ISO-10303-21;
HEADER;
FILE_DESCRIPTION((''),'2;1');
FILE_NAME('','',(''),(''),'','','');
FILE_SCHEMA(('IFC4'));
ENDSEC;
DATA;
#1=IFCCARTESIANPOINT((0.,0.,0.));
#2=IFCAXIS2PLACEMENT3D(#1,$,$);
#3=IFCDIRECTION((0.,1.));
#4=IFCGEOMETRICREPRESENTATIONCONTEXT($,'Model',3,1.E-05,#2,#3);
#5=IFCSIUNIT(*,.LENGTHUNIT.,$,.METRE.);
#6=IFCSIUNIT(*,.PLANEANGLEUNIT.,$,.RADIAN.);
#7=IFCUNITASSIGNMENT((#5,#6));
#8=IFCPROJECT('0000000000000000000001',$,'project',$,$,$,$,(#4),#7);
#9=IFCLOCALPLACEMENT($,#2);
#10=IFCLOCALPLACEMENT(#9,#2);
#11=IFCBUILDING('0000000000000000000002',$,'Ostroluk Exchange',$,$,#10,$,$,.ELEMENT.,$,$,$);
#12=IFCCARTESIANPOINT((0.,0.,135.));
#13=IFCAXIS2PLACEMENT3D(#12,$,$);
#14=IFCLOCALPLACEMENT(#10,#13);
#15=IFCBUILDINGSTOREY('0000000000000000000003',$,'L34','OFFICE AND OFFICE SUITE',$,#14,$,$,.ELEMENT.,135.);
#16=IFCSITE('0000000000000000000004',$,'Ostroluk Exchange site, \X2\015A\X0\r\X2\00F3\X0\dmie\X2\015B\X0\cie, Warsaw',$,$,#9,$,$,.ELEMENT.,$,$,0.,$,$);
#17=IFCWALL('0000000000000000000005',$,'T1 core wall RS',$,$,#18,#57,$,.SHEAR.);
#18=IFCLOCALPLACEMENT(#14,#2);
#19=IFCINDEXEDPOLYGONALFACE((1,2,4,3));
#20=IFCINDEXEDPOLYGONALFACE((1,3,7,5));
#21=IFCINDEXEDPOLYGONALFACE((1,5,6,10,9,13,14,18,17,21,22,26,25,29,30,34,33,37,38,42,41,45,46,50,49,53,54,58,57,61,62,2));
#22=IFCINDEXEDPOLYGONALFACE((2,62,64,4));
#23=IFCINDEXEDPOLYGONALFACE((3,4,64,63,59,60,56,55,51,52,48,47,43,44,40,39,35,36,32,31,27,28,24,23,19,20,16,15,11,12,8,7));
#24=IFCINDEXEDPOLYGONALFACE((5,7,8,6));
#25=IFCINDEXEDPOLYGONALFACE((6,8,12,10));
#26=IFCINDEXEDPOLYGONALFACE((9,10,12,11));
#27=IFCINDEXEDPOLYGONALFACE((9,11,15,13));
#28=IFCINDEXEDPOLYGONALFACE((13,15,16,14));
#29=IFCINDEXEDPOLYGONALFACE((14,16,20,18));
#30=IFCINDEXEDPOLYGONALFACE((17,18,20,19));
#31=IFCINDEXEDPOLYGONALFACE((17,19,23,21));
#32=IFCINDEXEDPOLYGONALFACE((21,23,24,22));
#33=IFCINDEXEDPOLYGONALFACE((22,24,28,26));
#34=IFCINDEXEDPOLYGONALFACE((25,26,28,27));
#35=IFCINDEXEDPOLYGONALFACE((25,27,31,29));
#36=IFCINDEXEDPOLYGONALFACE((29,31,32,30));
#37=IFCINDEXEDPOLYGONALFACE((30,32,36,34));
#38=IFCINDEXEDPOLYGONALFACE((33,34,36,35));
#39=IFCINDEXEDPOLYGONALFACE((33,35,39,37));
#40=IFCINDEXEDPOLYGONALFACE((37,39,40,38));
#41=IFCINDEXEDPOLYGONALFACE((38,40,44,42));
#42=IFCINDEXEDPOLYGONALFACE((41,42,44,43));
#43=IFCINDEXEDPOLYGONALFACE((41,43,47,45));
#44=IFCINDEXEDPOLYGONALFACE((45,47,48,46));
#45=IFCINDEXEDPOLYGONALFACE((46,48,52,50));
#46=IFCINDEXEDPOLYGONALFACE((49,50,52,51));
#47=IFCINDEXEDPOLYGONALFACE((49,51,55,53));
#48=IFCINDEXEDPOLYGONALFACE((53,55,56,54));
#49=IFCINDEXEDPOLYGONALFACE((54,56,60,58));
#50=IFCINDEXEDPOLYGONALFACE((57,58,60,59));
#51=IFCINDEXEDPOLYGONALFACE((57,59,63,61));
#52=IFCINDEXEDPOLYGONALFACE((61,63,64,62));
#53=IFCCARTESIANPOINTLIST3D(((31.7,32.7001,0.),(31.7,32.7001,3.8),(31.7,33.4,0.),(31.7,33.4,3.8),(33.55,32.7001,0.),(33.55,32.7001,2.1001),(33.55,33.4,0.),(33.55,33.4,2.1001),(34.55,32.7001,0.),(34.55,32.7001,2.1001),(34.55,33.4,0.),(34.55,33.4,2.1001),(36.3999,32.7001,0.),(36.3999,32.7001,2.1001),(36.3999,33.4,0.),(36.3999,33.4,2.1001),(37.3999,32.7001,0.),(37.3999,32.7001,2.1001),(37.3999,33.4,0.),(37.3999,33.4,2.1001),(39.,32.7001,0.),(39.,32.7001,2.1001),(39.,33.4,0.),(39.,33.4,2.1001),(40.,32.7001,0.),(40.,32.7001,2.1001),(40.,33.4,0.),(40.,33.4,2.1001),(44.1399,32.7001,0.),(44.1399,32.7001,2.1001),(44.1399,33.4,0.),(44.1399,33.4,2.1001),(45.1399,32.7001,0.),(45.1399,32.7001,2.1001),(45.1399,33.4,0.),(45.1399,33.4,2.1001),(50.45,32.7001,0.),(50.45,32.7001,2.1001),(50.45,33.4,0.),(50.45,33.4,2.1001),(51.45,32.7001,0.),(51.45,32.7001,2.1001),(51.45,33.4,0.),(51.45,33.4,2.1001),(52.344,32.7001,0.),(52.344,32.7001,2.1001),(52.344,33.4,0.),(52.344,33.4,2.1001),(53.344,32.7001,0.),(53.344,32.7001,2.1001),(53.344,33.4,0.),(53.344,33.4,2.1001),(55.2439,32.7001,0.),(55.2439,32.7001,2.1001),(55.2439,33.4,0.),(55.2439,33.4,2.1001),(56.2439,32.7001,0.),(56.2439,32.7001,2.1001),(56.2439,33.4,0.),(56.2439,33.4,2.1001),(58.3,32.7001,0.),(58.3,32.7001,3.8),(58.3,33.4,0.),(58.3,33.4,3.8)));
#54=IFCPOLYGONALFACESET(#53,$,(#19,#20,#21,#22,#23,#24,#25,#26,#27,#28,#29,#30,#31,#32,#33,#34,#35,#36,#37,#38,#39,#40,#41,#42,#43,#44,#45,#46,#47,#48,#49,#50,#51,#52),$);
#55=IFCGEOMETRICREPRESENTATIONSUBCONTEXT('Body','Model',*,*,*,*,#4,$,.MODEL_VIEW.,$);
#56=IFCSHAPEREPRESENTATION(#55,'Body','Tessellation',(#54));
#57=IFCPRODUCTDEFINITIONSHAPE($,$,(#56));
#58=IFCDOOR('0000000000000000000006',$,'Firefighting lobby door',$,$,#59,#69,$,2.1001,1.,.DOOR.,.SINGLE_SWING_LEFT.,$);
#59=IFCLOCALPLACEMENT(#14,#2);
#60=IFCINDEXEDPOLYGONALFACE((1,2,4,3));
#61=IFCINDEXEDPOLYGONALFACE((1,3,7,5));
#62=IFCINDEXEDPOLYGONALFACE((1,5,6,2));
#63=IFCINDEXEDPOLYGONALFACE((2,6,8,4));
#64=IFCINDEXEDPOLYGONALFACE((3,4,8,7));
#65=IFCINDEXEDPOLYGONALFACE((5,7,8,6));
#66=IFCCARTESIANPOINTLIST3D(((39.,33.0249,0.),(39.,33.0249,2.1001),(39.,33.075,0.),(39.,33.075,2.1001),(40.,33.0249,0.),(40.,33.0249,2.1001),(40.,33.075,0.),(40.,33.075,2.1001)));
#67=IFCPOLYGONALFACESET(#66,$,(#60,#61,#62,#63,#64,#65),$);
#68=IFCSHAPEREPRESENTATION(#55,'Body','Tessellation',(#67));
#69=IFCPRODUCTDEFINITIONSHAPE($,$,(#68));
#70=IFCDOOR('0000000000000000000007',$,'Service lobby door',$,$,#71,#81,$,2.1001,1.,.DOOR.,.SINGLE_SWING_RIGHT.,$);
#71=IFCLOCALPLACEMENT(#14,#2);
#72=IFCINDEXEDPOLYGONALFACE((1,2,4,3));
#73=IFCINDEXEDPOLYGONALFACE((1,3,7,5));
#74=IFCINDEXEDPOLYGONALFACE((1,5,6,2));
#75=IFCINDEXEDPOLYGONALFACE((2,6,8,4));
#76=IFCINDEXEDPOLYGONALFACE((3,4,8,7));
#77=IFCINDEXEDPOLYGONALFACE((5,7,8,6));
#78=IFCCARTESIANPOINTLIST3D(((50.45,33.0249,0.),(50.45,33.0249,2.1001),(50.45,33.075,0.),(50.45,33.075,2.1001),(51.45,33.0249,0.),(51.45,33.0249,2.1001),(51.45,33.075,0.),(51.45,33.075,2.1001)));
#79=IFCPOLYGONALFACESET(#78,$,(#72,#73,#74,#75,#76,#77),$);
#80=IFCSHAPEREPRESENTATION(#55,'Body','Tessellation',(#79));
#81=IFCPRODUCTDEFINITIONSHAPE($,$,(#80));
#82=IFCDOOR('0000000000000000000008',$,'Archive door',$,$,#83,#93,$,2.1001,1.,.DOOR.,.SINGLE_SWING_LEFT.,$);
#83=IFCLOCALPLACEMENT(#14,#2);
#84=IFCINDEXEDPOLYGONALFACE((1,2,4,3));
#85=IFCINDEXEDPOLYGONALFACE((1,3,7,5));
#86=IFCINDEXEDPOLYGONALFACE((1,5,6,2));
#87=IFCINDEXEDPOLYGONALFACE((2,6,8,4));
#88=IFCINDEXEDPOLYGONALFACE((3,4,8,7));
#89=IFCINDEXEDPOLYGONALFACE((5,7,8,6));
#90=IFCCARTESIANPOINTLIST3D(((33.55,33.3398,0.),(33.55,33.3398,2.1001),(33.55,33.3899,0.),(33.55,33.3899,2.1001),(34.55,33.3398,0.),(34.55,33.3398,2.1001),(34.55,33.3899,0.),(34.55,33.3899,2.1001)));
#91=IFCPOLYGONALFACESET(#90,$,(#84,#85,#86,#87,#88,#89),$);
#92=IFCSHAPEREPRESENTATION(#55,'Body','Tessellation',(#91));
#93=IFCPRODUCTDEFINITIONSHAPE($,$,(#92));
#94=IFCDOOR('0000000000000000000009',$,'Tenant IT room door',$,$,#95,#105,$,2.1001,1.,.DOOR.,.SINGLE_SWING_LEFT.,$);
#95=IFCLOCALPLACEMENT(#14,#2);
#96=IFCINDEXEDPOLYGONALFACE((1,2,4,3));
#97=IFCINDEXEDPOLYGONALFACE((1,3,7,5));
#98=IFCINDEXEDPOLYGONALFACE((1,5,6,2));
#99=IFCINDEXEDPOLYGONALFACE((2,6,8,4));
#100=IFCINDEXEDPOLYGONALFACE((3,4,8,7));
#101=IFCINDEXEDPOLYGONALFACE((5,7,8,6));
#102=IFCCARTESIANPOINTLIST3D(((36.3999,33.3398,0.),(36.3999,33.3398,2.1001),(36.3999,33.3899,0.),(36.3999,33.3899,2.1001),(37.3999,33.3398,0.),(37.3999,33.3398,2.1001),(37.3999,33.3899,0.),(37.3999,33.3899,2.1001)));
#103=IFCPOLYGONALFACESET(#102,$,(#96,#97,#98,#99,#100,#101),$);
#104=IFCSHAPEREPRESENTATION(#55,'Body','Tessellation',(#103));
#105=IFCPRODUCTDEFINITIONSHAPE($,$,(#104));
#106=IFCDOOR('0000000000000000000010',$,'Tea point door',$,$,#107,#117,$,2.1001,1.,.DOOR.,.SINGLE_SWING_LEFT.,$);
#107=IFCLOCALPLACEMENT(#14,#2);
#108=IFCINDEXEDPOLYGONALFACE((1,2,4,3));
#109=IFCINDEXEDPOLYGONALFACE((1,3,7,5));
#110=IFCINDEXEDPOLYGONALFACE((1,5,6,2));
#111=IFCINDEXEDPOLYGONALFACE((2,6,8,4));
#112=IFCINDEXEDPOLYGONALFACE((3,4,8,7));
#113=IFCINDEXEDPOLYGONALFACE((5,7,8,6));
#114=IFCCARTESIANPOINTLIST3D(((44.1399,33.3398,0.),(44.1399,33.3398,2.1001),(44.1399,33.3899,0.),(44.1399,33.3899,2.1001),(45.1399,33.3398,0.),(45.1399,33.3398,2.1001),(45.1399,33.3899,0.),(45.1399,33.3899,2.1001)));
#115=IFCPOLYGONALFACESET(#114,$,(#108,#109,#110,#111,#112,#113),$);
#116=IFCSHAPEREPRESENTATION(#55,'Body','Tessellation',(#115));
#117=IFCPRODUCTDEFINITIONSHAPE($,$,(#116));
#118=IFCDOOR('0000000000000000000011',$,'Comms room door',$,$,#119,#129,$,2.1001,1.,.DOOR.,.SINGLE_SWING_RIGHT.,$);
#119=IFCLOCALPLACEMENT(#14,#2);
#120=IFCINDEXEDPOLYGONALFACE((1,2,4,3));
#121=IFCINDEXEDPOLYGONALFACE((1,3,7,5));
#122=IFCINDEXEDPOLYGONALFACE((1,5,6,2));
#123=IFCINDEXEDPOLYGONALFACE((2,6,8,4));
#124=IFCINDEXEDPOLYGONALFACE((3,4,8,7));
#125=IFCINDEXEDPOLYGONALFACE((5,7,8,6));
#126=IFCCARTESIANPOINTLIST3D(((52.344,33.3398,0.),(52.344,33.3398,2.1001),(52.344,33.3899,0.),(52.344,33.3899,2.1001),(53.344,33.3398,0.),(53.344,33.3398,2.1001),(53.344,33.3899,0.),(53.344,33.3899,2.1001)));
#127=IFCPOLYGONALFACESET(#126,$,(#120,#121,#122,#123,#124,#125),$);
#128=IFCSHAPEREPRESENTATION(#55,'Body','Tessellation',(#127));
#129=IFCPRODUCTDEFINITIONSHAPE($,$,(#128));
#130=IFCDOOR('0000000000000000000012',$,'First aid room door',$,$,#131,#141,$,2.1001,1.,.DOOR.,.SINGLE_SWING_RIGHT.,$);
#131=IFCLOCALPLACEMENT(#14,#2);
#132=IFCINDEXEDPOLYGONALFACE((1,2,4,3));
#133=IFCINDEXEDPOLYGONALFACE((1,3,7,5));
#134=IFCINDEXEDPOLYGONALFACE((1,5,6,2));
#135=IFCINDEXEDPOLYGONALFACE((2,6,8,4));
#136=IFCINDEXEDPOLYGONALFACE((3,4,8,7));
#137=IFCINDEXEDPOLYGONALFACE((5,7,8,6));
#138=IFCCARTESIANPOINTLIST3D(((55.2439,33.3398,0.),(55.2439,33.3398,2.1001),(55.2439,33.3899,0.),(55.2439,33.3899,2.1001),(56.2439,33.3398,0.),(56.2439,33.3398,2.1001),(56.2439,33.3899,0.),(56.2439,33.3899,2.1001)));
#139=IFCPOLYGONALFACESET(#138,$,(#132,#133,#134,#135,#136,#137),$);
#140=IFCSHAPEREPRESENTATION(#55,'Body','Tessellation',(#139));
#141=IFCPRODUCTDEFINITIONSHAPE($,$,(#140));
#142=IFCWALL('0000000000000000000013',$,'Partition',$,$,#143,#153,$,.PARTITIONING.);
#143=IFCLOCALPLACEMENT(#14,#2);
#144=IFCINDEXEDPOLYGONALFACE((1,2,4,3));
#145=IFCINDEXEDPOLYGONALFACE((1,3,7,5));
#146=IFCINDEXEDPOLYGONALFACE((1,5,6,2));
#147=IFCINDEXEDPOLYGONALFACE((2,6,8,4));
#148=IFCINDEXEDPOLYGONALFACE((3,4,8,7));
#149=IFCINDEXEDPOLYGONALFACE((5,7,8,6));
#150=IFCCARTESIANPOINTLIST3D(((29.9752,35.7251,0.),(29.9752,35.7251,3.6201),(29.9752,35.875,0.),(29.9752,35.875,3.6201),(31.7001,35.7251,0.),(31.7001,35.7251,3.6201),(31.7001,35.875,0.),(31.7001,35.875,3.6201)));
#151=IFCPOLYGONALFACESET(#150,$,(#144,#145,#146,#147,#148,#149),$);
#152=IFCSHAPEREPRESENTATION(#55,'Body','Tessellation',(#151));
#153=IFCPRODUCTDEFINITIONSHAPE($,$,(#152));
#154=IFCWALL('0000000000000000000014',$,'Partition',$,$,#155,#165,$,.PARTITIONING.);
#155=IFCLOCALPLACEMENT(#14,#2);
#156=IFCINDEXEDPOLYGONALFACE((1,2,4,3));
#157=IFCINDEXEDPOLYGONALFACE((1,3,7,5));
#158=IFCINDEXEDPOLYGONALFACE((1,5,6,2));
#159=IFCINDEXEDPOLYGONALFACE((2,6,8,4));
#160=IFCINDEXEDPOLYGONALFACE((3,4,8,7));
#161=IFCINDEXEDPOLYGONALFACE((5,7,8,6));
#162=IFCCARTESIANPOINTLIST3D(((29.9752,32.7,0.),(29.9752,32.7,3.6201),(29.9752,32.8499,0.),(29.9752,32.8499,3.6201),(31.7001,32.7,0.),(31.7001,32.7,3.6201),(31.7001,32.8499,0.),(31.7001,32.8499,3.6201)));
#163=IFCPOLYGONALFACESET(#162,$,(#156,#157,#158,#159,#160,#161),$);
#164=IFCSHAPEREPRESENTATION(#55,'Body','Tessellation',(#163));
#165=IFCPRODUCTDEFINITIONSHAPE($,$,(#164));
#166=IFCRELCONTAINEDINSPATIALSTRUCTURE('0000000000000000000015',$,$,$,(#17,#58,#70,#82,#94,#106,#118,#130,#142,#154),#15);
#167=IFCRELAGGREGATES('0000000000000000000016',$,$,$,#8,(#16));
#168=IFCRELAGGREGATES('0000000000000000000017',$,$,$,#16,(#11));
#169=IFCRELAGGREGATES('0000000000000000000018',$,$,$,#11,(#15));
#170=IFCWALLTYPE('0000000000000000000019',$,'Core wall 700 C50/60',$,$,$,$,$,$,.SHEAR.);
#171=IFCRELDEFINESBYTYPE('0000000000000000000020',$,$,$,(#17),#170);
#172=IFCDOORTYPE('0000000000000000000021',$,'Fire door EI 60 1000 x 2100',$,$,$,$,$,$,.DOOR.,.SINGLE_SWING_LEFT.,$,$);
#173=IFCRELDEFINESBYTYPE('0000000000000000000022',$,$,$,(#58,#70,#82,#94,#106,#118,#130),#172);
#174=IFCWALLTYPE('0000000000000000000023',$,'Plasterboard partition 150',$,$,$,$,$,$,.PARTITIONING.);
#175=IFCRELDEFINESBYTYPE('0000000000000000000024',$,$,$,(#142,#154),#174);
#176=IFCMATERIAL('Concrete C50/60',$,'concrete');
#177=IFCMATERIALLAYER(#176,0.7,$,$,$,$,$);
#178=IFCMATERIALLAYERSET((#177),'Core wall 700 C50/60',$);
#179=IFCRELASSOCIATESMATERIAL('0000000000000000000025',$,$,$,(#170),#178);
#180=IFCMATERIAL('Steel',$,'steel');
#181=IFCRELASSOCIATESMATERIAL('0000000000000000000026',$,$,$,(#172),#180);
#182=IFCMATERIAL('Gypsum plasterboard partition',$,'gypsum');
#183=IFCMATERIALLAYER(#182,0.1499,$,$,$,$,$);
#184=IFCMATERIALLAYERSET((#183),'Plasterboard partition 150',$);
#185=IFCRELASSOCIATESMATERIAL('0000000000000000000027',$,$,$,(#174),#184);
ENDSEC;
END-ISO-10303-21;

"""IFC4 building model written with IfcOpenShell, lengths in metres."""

from ifc_helpers import new_model, si_unit, direction, frame, frame_2d, origin, place, context, subcontext, project, spatial, rectangle, extrude, material, layer, layer_set, type_object, element, fill, save


model = new_model("IFC4")

# Units and contexts
model_context = context("Model", 3, precision=1e-05, world=origin(), true_north=direction((0.0, 1.0)))
body_context = subcontext(model_context, "Body", "Model", "MODEL_VIEW")
ifc_project = project(units=[si_unit("LENGTHUNIT", "METRE"), si_unit("PLANEANGLEUNIT", "RADIAN")], contexts=[model_context])

# Site, building, storey
site_placement = place(None, origin())
site = spatial("IfcSite", under=ifc_project, at=site_placement, Name="Ostroluk Exchange site, Śródmieście, Warsaw", CompositionType="ELEMENT", RefElevation=0.0)
building_placement = place(site_placement, origin())
building = spatial("IfcBuilding", under=site, at=building_placement, Name="Ostroluk Exchange", CompositionType="ELEMENT")
storey_placement = place(building_placement, frame((0.0, 0.0, 135.0)))
storey = spatial("IfcBuildingStorey", under=building, at=storey_placement, Name="L34", Description="OFFICE AND OFFICE SUITE", CompositionType="ELEMENT", Elevation=135.0)

# Wall, openings, doors
ifc_material_1 = material(Name="Concrete C50/60", Category="concrete")
ifc_layer_1 = layer(ifc_material_1, 0.7)
ifc_layer_set_1 = layer_set([ifc_layer_1], Name="Core wall 700 C50/60")
wall_type_1 = type_object("IfcWallType", Name="Core wall 700 C50/60", PredefinedType="SHEAR", material=ifc_layer_set_1)
wall_1_placement = place(storey_placement, frame((31.7, 33.05, 0.0), z_axis=(0.0, 0.0, 1.0), x_axis=(1.0, 0.0, 0.0)))
wall_1 = element("IfcWall", 1, at=wall_1_placement, inside=storey, type_object=wall_type_1, Name="T1 core wall RS", PredefinedType="SHEAR", context=body_context, shape_type="SweptSolid", body=[
    extrude(rectangle(XDim=26.6001, YDim=0.7, at=frame_2d((13.3, 0.0))), origin(), (0.0, 0.0, 1.0), 3.8),
])
opening_1_placement = place(wall_1_placement, frame((7.3, 0.0, 0.0)))
opening_1 = element("IfcOpeningElement", 2, at=opening_1_placement, cuts=wall_1, PredefinedType="OPENING", context=body_context, shape_type="SweptSolid", body=[
    extrude(rectangle(XDim=1.0, YDim=2.1001, at=frame_2d((0.5, 1.05))), frame((0.0, 0.3599, 0.0), z_axis=(0.0, -1.0, 0.0), x_axis=(1.0, 0.0, 0.0)), (0.0, 0.0, 1.0), 0.72),
])
opening_2_placement = place(wall_1_placement, frame((18.75, 0.0, 0.0)))
opening_2 = element("IfcOpeningElement", 3, at=opening_2_placement, cuts=wall_1, PredefinedType="OPENING", context=body_context, shape_type="SweptSolid", body=[
    extrude(rectangle(XDim=1.0, YDim=2.1001, at=frame_2d((0.5, 1.05))), frame((0.0, 0.3599, 0.0), z_axis=(0.0, -1.0, 0.0), x_axis=(1.0, 0.0, 0.0)), (0.0, 0.0, 1.0), 0.72),
])
opening_3_placement = place(wall_1_placement, frame((1.8501, 0.0, 0.0)))
opening_3 = element("IfcOpeningElement", 4, at=opening_3_placement, cuts=wall_1, PredefinedType="OPENING", context=body_context, shape_type="SweptSolid", body=[
    extrude(rectangle(XDim=1.0, YDim=2.1001, at=frame_2d((0.5, 1.05))), frame((0.0, 0.3599, 0.0), z_axis=(0.0, -1.0, 0.0), x_axis=(1.0, 0.0, 0.0)), (0.0, 0.0, 1.0), 0.72),
])
opening_4_placement = place(wall_1_placement, frame((4.7, 0.0, 0.0)))
opening_4 = element("IfcOpeningElement", 5, at=opening_4_placement, cuts=wall_1, PredefinedType="OPENING", context=body_context, shape_type="SweptSolid", body=[
    extrude(rectangle(XDim=1.0, YDim=2.1001, at=frame_2d((0.5, 1.05))), frame((0.0, 0.3599, 0.0), z_axis=(0.0, -1.0, 0.0), x_axis=(1.0, 0.0, 0.0)), (0.0, 0.0, 1.0), 0.72),
])
opening_5_placement = place(wall_1_placement, frame((12.4399, 0.0, 0.0)))
opening_5 = element("IfcOpeningElement", 6, at=opening_5_placement, cuts=wall_1, PredefinedType="OPENING", context=body_context, shape_type="SweptSolid", body=[
    extrude(rectangle(XDim=1.0, YDim=2.1001, at=frame_2d((0.5, 1.05))), frame((0.0, 0.3599, 0.0), z_axis=(0.0, -1.0, 0.0), x_axis=(1.0, 0.0, 0.0)), (0.0, 0.0, 1.0), 0.72),
])
opening_6_placement = place(wall_1_placement, frame((20.644, 0.0, 0.0)))
opening_6 = element("IfcOpeningElement", 7, at=opening_6_placement, cuts=wall_1, PredefinedType="OPENING", context=body_context, shape_type="SweptSolid", body=[
    extrude(rectangle(XDim=1.0, YDim=2.1001, at=frame_2d((0.5, 1.05))), frame((0.0, 0.3599, 0.0), z_axis=(0.0, -1.0, 0.0), x_axis=(1.0, 0.0, 0.0)), (0.0, 0.0, 1.0), 0.72),
])
opening_7_placement = place(wall_1_placement, frame((23.5439, 0.0, 0.0)))
opening_7 = element("IfcOpeningElement", 8, at=opening_7_placement, cuts=wall_1, PredefinedType="OPENING", context=body_context, shape_type="SweptSolid", body=[
    extrude(rectangle(XDim=1.0, YDim=2.1001, at=frame_2d((0.5, 1.05))), frame((0.0, 0.3599, 0.0), z_axis=(0.0, -1.0, 0.0), x_axis=(1.0, 0.0, 0.0)), (0.0, 0.0, 1.0), 0.72),
])
ifc_material_2 = material(Name="Steel", Category="steel")
door_type_1 = type_object("IfcDoorType", Name="Fire door EI 60 1000 x 2100", OperationType="SINGLE_SWING_LEFT", PredefinedType="DOOR", material=ifc_material_2)
door_1_placement = place(opening_1_placement, origin())
door_1 = element("IfcDoor", 9, at=door_1_placement, inside=storey, type_object=door_type_1, Name="Firefighting lobby door", OperationType="SINGLE_SWING_LEFT", OverallHeight=2.1001, OverallWidth=1.0, PredefinedType="DOOR", context=body_context, shape_type="SweptSolid", body=[
    extrude(rectangle(XDim=1.0, YDim=2.1001, at=frame_2d((0.5, 1.05))), frame((0.0, 0.0249, 0.0), z_axis=(0.0, -1.0, 0.0), x_axis=(1.0, 0.0, 0.0)), (0.0, 0.0, 1.0), 0.05),
])
fill(opening_1, door_1)
door_2_placement = place(opening_2_placement, origin())
door_2 = element("IfcDoor", 10, at=door_2_placement, inside=storey, type_object=door_type_1, Name="Service lobby door", OperationType="SINGLE_SWING_RIGHT", OverallHeight=2.1001, OverallWidth=1.0, PredefinedType="DOOR", context=body_context, shape_type="SweptSolid", body=[
    extrude(rectangle(XDim=1.0, YDim=2.1001, at=frame_2d((0.5, 1.05))), frame((0.0, 0.0249, 0.0), z_axis=(0.0, -1.0, 0.0), x_axis=(1.0, 0.0, 0.0)), (0.0, 0.0, 1.0), 0.05),
])
fill(opening_2, door_2)
door_3_placement = place(opening_3_placement, origin())
door_3 = element("IfcDoor", 11, at=door_3_placement, inside=storey, type_object=door_type_1, Name="Archive door", OperationType="SINGLE_SWING_LEFT", OverallHeight=2.1001, OverallWidth=1.0, PredefinedType="DOOR", context=body_context, shape_type="SweptSolid", body=[
    extrude(rectangle(XDim=1.0, YDim=2.1001, at=frame_2d((0.5, 1.05))), frame((0.0, 0.3398, 0.0), z_axis=(0.0, -1.0, 0.0), x_axis=(1.0, 0.0, 0.0)), (0.0, 0.0, 1.0), 0.05),
])
fill(opening_3, door_3)
door_4_placement = place(opening_4_placement, origin())
door_4 = element("IfcDoor", 12, at=door_4_placement, inside=storey, type_object=door_type_1, Name="Tenant IT room door", OperationType="SINGLE_SWING_LEFT", OverallHeight=2.1001, OverallWidth=1.0, PredefinedType="DOOR", context=body_context, shape_type="SweptSolid", body=[
    extrude(rectangle(XDim=1.0, YDim=2.1001, at=frame_2d((0.5, 1.05))), frame((0.0, 0.3398, 0.0), z_axis=(0.0, -1.0, 0.0), x_axis=(1.0, 0.0, 0.0)), (0.0, 0.0, 1.0), 0.05),
])
fill(opening_4, door_4)
door_5_placement = place(opening_5_placement, origin())
door_5 = element("IfcDoor", 13, at=door_5_placement, inside=storey, type_object=door_type_1, Name="Tea point door", OperationType="SINGLE_SWING_LEFT", OverallHeight=2.1001, OverallWidth=1.0, PredefinedType="DOOR", context=body_context, shape_type="SweptSolid", body=[
    extrude(rectangle(XDim=1.0, YDim=2.1001, at=frame_2d((0.5, 1.05))), frame((0.0, 0.3398, 0.0), z_axis=(0.0, -1.0, 0.0), x_axis=(1.0, 0.0, 0.0)), (0.0, 0.0, 1.0), 0.05),
])
fill(opening_5, door_5)
door_6_placement = place(opening_6_placement, origin())
door_6 = element("IfcDoor", 14, at=door_6_placement, inside=storey, type_object=door_type_1, Name="Comms room door", OperationType="SINGLE_SWING_RIGHT", OverallHeight=2.1001, OverallWidth=1.0, PredefinedType="DOOR", context=body_context, shape_type="SweptSolid", body=[
    extrude(rectangle(XDim=1.0, YDim=2.1001, at=frame_2d((0.5, 1.05))), frame((0.0, 0.3398, 0.0), z_axis=(0.0, -1.0, 0.0), x_axis=(1.0, 0.0, 0.0)), (0.0, 0.0, 1.0), 0.05),
])
fill(opening_6, door_6)
door_7_placement = place(opening_7_placement, origin())
door_7 = element("IfcDoor", 15, at=door_7_placement, inside=storey, type_object=door_type_1, Name="First aid room door", OperationType="SINGLE_SWING_RIGHT", OverallHeight=2.1001, OverallWidth=1.0, PredefinedType="DOOR", context=body_context, shape_type="SweptSolid", body=[
    extrude(rectangle(XDim=1.0, YDim=2.1001, at=frame_2d((0.5, 1.05))), frame((0.0, 0.3398, 0.0), z_axis=(0.0, -1.0, 0.0), x_axis=(1.0, 0.0, 0.0)), (0.0, 0.0, 1.0), 0.05),
])
fill(opening_7, door_7)

# Walls
ifc_material_3 = material(Name="Gypsum plasterboard partition", Category="gypsum")
ifc_layer_2 = layer(ifc_material_3, 0.1499)
ifc_layer_set_2 = layer_set([ifc_layer_2], Name="Plasterboard partition 150")
wall_type_2 = type_object("IfcWallType", Name="Plasterboard partition 150", PredefinedType="PARTITIONING", material=ifc_layer_set_2)
for number, where, z_axis, x_axis, name in (
    (16, (31.7, 35.8, 0.0), (0.0, 0.0, 1.0), (-1.0, 0.0, 0.0), "Partition"),
    (17, (31.7, 32.7749, 0.0), (0.0, 0.0, 1.0), (-1.0, 0.0, 0.0), "Partition"),
):
    element("IfcWall", number, at=place(storey_placement, frame(where, z_axis=z_axis, x_axis=x_axis)), inside=storey, type_object=wall_type_2, Name=name, PredefinedType="PARTITIONING", context=body_context, shape_type="SweptSolid", body=[
        extrude(rectangle(XDim=1.7249, YDim=0.1499, at=frame_2d((0.8623, 0.0))), origin(), (0.0, 0.0, 1.0), 3.6201),
    ])

save(model, "model.ifc")
